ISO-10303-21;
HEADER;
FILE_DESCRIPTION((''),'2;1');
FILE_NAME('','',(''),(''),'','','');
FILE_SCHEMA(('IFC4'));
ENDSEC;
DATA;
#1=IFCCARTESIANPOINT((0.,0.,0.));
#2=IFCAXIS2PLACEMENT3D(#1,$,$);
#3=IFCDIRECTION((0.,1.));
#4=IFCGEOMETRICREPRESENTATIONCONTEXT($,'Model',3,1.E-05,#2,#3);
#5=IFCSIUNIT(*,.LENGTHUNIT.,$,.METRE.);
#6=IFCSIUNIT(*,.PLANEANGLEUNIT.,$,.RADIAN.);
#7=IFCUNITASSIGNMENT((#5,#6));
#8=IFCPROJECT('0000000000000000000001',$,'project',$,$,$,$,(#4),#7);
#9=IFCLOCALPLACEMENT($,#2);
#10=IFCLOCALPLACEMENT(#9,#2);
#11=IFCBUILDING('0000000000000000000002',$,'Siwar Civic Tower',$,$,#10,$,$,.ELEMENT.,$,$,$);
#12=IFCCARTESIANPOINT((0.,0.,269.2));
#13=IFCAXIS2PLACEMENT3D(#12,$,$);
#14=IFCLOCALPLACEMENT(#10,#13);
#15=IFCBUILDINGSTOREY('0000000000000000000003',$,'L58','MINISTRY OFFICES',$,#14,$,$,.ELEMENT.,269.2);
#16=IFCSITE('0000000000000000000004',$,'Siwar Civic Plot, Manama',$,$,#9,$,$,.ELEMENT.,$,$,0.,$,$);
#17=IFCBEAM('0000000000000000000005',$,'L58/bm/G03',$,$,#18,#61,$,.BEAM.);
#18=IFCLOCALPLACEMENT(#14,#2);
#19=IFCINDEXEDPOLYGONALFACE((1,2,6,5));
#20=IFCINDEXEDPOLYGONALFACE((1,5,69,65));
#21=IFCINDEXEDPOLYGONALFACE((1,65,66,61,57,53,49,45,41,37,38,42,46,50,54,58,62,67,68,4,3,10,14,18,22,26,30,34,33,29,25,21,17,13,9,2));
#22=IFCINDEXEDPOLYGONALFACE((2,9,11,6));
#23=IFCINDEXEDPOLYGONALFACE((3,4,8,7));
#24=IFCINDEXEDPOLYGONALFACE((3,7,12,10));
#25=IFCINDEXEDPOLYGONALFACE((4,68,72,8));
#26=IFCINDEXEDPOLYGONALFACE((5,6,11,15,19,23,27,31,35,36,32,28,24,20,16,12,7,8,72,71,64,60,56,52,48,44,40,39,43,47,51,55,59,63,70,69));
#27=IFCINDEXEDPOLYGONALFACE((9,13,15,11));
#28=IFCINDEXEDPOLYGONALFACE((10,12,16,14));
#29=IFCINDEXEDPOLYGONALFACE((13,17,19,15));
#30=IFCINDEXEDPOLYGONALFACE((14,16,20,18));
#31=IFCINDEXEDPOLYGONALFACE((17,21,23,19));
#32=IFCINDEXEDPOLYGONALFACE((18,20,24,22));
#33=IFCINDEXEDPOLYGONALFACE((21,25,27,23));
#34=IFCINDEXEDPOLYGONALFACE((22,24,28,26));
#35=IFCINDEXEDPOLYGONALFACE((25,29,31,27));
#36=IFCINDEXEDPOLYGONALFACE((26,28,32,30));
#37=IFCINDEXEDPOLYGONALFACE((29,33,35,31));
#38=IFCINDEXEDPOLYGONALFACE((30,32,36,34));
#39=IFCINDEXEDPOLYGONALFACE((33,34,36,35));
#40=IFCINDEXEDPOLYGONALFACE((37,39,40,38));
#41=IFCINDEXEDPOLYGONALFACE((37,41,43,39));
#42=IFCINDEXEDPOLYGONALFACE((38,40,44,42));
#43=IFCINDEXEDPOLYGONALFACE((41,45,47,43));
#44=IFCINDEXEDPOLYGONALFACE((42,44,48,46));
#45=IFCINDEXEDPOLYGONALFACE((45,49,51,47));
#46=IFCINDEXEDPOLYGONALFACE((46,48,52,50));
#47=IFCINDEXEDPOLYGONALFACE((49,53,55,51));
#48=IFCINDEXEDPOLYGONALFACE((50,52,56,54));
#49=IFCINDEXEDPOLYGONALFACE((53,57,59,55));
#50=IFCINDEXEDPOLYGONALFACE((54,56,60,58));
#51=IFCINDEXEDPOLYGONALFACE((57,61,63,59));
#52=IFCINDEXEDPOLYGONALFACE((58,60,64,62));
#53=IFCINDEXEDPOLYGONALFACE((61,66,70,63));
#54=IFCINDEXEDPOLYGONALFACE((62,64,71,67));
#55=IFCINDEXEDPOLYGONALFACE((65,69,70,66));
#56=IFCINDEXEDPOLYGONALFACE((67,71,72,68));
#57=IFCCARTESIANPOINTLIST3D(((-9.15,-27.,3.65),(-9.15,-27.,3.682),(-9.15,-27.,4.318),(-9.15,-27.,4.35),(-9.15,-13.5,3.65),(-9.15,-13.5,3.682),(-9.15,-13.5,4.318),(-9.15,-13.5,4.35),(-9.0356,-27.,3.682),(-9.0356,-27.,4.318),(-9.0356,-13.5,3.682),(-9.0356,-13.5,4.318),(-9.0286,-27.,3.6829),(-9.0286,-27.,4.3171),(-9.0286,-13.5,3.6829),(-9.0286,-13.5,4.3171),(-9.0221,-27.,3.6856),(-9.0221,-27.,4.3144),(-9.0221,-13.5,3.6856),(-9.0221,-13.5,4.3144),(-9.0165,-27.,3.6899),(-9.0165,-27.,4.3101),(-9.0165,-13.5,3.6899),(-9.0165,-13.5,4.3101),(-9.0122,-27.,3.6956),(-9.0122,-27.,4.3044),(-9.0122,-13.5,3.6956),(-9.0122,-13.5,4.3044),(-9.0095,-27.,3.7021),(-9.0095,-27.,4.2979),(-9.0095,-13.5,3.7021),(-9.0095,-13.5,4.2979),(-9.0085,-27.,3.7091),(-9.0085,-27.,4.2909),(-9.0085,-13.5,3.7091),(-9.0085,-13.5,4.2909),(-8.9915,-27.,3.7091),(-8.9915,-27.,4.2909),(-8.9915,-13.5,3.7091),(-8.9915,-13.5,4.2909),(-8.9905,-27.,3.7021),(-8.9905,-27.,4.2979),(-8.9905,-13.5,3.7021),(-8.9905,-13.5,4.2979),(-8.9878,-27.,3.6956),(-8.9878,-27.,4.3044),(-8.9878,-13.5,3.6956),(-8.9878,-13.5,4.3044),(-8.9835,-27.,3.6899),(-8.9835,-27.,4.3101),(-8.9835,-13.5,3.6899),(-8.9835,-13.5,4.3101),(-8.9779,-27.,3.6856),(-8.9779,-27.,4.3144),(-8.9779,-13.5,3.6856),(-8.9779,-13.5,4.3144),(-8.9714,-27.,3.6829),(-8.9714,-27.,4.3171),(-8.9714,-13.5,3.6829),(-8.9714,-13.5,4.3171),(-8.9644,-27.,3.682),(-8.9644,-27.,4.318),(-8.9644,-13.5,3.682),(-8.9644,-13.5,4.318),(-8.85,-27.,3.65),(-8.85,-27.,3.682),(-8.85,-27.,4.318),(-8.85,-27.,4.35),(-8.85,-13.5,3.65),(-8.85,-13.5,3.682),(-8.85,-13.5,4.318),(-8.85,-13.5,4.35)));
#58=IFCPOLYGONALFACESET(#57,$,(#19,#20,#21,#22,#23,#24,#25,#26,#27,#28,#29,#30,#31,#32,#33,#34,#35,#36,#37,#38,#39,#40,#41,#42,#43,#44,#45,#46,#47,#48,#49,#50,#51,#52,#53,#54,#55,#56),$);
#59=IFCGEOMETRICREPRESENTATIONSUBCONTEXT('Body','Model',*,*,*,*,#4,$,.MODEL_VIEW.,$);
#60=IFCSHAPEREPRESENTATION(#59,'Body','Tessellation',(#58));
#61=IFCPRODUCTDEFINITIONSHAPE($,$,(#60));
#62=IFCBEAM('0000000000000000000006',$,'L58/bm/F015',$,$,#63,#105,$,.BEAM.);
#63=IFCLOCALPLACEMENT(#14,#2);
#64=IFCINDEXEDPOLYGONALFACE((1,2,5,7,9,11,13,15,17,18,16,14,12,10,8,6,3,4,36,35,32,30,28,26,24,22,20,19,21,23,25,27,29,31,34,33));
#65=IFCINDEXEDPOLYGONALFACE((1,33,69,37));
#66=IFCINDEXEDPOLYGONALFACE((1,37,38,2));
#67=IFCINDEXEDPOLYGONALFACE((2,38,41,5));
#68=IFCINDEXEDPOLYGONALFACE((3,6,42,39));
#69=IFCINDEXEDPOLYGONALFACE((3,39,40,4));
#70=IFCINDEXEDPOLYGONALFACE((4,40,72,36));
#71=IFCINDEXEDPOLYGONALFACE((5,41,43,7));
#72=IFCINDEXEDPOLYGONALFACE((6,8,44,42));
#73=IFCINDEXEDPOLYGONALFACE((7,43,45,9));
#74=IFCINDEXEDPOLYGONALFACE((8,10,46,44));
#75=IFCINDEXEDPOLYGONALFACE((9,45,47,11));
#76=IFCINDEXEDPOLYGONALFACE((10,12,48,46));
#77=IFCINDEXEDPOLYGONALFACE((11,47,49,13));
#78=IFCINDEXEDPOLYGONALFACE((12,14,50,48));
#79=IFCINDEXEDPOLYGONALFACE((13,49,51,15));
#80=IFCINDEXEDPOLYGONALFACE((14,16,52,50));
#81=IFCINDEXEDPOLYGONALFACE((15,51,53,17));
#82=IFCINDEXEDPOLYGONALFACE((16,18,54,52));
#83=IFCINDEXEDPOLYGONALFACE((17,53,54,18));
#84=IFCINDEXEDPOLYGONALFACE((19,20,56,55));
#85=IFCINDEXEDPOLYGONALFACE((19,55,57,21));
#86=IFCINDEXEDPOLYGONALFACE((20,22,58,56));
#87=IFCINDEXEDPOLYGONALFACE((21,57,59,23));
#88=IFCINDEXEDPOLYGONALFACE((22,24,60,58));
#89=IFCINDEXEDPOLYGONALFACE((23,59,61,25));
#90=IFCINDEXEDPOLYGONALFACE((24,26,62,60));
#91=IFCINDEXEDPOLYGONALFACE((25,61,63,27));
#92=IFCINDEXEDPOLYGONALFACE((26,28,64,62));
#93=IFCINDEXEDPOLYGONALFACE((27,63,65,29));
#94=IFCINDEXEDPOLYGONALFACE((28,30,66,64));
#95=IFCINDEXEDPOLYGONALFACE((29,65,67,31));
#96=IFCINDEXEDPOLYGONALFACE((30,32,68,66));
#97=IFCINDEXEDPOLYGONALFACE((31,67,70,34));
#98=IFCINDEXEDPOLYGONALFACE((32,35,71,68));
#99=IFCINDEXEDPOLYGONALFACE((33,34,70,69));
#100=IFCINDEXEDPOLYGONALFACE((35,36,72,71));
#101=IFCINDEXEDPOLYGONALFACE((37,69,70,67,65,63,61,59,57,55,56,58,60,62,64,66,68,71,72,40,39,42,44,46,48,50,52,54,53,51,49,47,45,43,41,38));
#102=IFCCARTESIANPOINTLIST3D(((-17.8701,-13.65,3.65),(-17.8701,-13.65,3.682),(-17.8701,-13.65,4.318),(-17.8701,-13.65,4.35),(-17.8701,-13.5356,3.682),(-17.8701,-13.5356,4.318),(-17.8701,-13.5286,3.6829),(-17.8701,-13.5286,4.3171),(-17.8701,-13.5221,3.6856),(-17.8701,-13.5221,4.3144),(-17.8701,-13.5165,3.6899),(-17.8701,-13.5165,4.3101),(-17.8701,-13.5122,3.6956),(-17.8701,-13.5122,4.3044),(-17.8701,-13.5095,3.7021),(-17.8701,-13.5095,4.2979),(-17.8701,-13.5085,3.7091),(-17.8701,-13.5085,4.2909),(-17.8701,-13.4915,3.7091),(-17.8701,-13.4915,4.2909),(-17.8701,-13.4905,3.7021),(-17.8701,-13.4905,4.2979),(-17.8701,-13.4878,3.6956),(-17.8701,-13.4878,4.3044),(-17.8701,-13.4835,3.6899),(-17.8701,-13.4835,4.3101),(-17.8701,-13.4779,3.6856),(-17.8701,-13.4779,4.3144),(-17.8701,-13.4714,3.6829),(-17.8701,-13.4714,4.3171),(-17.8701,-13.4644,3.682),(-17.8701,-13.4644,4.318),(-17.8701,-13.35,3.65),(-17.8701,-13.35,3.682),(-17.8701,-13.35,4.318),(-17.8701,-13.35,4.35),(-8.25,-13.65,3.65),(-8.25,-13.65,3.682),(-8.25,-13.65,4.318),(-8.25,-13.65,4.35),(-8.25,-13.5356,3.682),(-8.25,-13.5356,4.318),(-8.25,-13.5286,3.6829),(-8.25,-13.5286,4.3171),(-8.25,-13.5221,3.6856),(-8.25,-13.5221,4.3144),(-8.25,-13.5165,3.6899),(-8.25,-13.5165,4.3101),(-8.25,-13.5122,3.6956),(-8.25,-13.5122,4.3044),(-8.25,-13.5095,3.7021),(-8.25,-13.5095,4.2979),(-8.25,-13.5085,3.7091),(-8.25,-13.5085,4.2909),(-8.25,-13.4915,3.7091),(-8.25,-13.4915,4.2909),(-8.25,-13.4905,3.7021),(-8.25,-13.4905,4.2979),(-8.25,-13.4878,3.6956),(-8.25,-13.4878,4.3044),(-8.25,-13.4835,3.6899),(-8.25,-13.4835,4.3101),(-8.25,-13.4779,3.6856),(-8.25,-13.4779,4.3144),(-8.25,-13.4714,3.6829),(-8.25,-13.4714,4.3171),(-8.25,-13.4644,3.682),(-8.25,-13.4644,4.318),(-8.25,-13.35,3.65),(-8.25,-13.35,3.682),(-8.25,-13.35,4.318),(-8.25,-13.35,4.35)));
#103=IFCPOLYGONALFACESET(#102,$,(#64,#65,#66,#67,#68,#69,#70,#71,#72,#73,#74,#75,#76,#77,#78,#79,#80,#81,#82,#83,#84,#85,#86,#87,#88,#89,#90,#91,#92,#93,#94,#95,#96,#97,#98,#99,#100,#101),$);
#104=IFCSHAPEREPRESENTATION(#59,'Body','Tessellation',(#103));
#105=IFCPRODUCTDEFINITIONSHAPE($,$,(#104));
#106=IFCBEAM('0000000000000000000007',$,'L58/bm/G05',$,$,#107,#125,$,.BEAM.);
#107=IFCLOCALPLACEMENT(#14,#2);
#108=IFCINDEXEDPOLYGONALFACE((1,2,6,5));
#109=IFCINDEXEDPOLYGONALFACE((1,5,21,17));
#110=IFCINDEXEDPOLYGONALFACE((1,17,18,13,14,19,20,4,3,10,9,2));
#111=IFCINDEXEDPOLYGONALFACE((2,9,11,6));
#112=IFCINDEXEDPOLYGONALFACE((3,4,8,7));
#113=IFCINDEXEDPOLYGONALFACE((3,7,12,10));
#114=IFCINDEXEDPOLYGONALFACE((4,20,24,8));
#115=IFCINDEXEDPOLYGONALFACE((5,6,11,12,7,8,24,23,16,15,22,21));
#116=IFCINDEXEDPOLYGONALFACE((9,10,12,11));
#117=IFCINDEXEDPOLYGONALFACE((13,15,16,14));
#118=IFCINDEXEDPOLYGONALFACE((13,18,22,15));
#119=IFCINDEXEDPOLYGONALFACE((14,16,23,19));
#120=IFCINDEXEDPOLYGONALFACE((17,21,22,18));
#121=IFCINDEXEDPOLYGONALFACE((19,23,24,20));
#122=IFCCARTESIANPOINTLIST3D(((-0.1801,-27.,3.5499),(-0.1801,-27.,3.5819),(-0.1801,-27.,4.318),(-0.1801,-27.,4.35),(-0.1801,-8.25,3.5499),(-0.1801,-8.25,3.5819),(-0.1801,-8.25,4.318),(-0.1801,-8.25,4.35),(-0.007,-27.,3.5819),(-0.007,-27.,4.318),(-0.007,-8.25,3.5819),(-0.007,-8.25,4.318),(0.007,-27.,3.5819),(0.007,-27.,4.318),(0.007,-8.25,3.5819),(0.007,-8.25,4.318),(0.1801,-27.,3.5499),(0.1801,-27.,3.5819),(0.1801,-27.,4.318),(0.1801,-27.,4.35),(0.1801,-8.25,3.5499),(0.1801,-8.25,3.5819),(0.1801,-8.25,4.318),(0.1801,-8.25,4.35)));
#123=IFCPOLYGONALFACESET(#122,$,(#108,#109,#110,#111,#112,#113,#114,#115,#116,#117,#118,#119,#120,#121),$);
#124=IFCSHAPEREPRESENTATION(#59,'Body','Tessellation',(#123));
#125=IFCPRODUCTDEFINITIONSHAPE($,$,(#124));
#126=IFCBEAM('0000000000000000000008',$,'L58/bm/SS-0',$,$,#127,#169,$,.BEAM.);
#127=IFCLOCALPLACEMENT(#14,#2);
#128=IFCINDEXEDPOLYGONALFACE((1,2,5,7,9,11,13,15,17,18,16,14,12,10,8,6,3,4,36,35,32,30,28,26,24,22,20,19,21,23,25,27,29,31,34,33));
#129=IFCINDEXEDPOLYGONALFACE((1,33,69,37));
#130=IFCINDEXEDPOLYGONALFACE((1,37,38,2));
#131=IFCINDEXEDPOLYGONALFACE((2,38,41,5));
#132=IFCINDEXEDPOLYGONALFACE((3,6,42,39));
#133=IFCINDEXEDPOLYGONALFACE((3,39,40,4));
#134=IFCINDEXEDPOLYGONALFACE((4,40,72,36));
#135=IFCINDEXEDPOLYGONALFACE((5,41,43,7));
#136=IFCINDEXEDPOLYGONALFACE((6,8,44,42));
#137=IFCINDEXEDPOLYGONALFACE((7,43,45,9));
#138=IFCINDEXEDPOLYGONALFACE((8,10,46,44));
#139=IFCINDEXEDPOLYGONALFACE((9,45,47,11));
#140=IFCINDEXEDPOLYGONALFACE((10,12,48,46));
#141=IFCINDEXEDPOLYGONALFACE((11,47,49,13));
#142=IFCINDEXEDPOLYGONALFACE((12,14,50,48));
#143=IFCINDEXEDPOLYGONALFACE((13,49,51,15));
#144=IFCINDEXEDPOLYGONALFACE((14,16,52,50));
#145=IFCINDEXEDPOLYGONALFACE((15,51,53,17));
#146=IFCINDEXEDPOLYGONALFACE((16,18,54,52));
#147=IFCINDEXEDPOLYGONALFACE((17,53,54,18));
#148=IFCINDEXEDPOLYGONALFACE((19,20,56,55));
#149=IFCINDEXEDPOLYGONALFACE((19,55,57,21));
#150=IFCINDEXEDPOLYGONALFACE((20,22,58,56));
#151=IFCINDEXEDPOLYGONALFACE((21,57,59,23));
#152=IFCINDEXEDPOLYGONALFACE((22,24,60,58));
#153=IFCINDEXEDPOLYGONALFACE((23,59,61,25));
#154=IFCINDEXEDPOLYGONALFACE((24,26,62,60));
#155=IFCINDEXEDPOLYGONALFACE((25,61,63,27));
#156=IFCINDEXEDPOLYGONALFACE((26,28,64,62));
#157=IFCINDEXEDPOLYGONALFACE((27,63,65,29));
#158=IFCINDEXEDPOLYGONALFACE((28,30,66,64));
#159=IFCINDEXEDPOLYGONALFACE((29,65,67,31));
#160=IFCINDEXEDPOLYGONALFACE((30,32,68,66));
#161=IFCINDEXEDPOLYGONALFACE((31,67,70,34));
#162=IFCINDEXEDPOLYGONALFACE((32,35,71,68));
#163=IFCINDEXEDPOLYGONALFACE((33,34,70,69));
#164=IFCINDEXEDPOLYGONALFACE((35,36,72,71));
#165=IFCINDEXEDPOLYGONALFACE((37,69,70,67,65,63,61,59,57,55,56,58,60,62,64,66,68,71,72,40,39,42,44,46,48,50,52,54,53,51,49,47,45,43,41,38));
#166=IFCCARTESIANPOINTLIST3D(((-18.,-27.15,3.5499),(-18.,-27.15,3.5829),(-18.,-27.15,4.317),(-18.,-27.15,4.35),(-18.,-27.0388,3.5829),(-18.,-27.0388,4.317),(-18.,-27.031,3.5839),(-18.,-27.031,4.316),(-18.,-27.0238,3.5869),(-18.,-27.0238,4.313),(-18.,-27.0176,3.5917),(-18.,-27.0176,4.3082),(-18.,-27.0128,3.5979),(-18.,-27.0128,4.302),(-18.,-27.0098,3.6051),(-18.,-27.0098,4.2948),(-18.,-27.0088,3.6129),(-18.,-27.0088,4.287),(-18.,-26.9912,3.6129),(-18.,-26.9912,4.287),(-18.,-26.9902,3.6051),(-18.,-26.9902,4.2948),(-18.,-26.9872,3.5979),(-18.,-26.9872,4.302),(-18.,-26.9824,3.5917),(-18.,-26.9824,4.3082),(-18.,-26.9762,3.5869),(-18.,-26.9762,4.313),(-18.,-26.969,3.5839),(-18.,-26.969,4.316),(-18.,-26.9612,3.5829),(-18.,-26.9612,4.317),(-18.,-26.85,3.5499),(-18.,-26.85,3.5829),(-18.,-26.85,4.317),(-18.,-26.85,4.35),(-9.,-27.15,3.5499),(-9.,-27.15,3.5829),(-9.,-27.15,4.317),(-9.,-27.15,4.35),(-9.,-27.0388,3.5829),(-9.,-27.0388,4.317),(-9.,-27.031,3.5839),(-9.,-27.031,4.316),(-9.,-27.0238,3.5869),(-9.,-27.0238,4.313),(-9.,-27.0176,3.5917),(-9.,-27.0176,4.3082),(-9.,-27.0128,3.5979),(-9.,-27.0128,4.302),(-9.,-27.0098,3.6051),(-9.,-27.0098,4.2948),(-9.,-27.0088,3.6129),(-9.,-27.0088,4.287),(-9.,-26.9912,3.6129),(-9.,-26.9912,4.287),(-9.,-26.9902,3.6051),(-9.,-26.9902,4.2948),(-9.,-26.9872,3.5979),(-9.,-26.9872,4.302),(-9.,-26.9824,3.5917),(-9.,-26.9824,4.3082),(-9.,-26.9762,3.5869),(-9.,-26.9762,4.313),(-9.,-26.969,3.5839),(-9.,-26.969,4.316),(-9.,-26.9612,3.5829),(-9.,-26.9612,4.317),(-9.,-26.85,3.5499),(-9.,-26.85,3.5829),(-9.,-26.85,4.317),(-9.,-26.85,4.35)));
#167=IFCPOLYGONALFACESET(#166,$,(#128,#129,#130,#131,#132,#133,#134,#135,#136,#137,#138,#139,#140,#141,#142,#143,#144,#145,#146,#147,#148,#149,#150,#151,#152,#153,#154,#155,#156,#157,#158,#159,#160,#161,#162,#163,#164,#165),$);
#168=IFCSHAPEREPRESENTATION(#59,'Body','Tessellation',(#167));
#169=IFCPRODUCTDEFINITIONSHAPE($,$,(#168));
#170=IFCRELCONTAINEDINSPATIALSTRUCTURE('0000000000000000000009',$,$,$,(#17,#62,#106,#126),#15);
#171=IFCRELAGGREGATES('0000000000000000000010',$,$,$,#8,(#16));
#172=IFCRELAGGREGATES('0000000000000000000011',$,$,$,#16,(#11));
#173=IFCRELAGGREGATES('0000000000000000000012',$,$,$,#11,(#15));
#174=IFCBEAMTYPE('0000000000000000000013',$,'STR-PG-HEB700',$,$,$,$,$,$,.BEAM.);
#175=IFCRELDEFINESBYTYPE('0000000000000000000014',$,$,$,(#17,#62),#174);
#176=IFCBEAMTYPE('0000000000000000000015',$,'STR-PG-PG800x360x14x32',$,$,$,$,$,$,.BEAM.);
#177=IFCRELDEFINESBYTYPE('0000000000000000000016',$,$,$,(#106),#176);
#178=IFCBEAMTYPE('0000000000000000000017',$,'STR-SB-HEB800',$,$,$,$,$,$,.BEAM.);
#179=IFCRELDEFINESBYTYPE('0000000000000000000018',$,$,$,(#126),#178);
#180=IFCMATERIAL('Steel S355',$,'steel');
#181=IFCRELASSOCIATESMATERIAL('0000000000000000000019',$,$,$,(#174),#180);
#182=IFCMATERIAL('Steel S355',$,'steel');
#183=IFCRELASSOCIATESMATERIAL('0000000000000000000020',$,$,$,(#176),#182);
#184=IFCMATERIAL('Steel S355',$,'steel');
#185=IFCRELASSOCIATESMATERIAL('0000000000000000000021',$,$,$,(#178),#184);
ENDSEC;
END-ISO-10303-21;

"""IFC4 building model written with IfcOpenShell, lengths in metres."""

from ifc_helpers import new_model, si_unit, direction, frame, origin, origin_2d, place, context, subcontext, project, spatial, i_section, extrude, material, material_profile, profile_set, type_object, element, save


model = new_model("IFC4")

# Units and contexts
model_context = context("Model", 3, precision=1e-05, world=origin(), true_north=direction((0.0, 1.0)))
body_context = subcontext(model_context, "Body", "Model", "MODEL_VIEW")
ifc_project = project(units=[si_unit("LENGTHUNIT", "METRE"), si_unit("PLANEANGLEUNIT", "RADIAN")], contexts=[model_context])

# Site, building, storey
site_placement = place(None, origin())
site = spatial("IfcSite", under=ifc_project, at=site_placement, Name="Siwar Civic Plot, Manama", CompositionType="ELEMENT", RefElevation=0.0)
building_placement = place(site_placement, origin())
building = spatial("IfcBuilding", under=site, at=building_placement, Name="Siwar Civic Tower", CompositionType="ELEMENT")
storey_placement = place(building_placement, frame((0.0, 0.0, 269.2)))
storey = spatial("IfcBuildingStorey", under=building, at=storey_placement, Name="L58", Description="MINISTRY OFFICES", CompositionType="ELEMENT", Elevation=269.2)

# Beams
ifc_material_1 = material(Name="Steel S355", Category="steel")
ifc_material_profile_1 = material_profile(ifc_material_1, i_section(OverallWidth=0.3, OverallDepth=0.7, WebThickness=0.0171, FlangeThickness=0.032, FilletRadius=0.0271, at=origin_2d()), Name="HEB700")
ifc_profile_set_1 = profile_set([ifc_material_profile_1], Name="Steel S355")
beam_type_1 = type_object("IfcBeamType", Name="STR-PG-HEB700", PredefinedType="BEAM", material=ifc_profile_set_1)
for number, where, z_axis, x_axis, name in (
    (1, (-9.0, -27.0, 4.0), (0.0, 1.0, 0.0), (-1.0, 0.0, 0.0), "L58/bm/G03"),
):
    element("IfcBeam", number, at=place(storey_placement, frame(where, z_axis=z_axis, x_axis=x_axis)), inside=storey, type_object=beam_type_1, Name=name, PredefinedType="BEAM", context=body_context, shape_type="SweptSolid", body=[
        extrude(i_section(OverallWidth=0.3, OverallDepth=0.7, WebThickness=0.0171, FlangeThickness=0.032, FilletRadius=0.0271, at=origin_2d()), origin(), (0.0, 0.0, 1.0), 13.5),
    ])
beam_1_placement = place(storey_placement, frame((-17.8701, -13.5, 4.0), z_axis=(1.0, 0.0, 0.0), x_axis=(0.0, 1.0, 0.0)))
element("IfcBeam", 2, at=beam_1_placement, inside=storey, type_object=beam_type_1, Name="L58/bm/F015", PredefinedType="BEAM", context=body_context, shape_type="SweptSolid", body=[
    extrude(i_section(OverallWidth=0.3, OverallDepth=0.7, WebThickness=0.0171, FlangeThickness=0.032, FilletRadius=0.0271, at=origin_2d()), origin(), (0.0, 0.0, 1.0), 9.6201),
])
ifc_material_2 = material(Name="Steel S355", Category="steel")
ifc_material_profile_2 = material_profile(ifc_material_2, i_section(OverallWidth=0.3601, OverallDepth=0.8, WebThickness=0.0139, FlangeThickness=0.032, at=origin_2d()), Name="PG800x360x14x32")
ifc_profile_set_2 = profile_set([ifc_material_profile_2], Name="Steel S355")
beam_type_2 = type_object("IfcBeamType", Name="STR-PG-PG800x360x14x32", PredefinedType="BEAM", material=ifc_profile_set_2)
beam_2_placement = place(storey_placement, frame((0.0, -27.0, 3.95), z_axis=(0.0, 1.0, 0.0), x_axis=(-1.0, 0.0, 0.0)))
element("IfcBeam", 3, at=beam_2_placement, inside=storey, type_object=beam_type_2, Name="L58/bm/G05", PredefinedType="BEAM", context=body_context, shape_type="SweptSolid", body=[
    extrude(i_section(OverallWidth=0.3601, OverallDepth=0.8, WebThickness=0.0139, FlangeThickness=0.032, at=origin_2d()), origin(), (0.0, 0.0, 1.0), 18.75),
])
ifc_material_3 = material(Name="Steel S355", Category="steel")
ifc_material_profile_3 = material_profile(ifc_material_3, i_section(OverallWidth=0.3, OverallDepth=0.8, WebThickness=0.0176, FlangeThickness=0.033, FilletRadius=0.03, at=origin_2d()), Name="HEB800")
ifc_profile_set_3 = profile_set([ifc_material_profile_3], Name="Steel S355")
beam_type_3 = type_object("IfcBeamType", Name="STR-SB-HEB800", PredefinedType="BEAM", material=ifc_profile_set_3)
for number, where, z_axis, x_axis, name in (
    (4, (-18.0, -27.0, 3.95), (1.0, 0.0, 0.0), (0.0, 1.0, 0.0), "L58/bm/SS-0"),
):
    element("IfcBeam", number, at=place(storey_placement, frame(where, z_axis=z_axis, x_axis=x_axis)), inside=storey, type_object=beam_type_3, Name=name, PredefinedType="BEAM", context=body_context, shape_type="SweptSolid", body=[
        extrude(i_section(OverallWidth=0.3, OverallDepth=0.8, WebThickness=0.0176, FlangeThickness=0.033, FilletRadius=0.03, at=origin_2d()), origin(), (0.0, 0.0, 1.0), 9.0),
    ])

save(model, "model.ifc")
